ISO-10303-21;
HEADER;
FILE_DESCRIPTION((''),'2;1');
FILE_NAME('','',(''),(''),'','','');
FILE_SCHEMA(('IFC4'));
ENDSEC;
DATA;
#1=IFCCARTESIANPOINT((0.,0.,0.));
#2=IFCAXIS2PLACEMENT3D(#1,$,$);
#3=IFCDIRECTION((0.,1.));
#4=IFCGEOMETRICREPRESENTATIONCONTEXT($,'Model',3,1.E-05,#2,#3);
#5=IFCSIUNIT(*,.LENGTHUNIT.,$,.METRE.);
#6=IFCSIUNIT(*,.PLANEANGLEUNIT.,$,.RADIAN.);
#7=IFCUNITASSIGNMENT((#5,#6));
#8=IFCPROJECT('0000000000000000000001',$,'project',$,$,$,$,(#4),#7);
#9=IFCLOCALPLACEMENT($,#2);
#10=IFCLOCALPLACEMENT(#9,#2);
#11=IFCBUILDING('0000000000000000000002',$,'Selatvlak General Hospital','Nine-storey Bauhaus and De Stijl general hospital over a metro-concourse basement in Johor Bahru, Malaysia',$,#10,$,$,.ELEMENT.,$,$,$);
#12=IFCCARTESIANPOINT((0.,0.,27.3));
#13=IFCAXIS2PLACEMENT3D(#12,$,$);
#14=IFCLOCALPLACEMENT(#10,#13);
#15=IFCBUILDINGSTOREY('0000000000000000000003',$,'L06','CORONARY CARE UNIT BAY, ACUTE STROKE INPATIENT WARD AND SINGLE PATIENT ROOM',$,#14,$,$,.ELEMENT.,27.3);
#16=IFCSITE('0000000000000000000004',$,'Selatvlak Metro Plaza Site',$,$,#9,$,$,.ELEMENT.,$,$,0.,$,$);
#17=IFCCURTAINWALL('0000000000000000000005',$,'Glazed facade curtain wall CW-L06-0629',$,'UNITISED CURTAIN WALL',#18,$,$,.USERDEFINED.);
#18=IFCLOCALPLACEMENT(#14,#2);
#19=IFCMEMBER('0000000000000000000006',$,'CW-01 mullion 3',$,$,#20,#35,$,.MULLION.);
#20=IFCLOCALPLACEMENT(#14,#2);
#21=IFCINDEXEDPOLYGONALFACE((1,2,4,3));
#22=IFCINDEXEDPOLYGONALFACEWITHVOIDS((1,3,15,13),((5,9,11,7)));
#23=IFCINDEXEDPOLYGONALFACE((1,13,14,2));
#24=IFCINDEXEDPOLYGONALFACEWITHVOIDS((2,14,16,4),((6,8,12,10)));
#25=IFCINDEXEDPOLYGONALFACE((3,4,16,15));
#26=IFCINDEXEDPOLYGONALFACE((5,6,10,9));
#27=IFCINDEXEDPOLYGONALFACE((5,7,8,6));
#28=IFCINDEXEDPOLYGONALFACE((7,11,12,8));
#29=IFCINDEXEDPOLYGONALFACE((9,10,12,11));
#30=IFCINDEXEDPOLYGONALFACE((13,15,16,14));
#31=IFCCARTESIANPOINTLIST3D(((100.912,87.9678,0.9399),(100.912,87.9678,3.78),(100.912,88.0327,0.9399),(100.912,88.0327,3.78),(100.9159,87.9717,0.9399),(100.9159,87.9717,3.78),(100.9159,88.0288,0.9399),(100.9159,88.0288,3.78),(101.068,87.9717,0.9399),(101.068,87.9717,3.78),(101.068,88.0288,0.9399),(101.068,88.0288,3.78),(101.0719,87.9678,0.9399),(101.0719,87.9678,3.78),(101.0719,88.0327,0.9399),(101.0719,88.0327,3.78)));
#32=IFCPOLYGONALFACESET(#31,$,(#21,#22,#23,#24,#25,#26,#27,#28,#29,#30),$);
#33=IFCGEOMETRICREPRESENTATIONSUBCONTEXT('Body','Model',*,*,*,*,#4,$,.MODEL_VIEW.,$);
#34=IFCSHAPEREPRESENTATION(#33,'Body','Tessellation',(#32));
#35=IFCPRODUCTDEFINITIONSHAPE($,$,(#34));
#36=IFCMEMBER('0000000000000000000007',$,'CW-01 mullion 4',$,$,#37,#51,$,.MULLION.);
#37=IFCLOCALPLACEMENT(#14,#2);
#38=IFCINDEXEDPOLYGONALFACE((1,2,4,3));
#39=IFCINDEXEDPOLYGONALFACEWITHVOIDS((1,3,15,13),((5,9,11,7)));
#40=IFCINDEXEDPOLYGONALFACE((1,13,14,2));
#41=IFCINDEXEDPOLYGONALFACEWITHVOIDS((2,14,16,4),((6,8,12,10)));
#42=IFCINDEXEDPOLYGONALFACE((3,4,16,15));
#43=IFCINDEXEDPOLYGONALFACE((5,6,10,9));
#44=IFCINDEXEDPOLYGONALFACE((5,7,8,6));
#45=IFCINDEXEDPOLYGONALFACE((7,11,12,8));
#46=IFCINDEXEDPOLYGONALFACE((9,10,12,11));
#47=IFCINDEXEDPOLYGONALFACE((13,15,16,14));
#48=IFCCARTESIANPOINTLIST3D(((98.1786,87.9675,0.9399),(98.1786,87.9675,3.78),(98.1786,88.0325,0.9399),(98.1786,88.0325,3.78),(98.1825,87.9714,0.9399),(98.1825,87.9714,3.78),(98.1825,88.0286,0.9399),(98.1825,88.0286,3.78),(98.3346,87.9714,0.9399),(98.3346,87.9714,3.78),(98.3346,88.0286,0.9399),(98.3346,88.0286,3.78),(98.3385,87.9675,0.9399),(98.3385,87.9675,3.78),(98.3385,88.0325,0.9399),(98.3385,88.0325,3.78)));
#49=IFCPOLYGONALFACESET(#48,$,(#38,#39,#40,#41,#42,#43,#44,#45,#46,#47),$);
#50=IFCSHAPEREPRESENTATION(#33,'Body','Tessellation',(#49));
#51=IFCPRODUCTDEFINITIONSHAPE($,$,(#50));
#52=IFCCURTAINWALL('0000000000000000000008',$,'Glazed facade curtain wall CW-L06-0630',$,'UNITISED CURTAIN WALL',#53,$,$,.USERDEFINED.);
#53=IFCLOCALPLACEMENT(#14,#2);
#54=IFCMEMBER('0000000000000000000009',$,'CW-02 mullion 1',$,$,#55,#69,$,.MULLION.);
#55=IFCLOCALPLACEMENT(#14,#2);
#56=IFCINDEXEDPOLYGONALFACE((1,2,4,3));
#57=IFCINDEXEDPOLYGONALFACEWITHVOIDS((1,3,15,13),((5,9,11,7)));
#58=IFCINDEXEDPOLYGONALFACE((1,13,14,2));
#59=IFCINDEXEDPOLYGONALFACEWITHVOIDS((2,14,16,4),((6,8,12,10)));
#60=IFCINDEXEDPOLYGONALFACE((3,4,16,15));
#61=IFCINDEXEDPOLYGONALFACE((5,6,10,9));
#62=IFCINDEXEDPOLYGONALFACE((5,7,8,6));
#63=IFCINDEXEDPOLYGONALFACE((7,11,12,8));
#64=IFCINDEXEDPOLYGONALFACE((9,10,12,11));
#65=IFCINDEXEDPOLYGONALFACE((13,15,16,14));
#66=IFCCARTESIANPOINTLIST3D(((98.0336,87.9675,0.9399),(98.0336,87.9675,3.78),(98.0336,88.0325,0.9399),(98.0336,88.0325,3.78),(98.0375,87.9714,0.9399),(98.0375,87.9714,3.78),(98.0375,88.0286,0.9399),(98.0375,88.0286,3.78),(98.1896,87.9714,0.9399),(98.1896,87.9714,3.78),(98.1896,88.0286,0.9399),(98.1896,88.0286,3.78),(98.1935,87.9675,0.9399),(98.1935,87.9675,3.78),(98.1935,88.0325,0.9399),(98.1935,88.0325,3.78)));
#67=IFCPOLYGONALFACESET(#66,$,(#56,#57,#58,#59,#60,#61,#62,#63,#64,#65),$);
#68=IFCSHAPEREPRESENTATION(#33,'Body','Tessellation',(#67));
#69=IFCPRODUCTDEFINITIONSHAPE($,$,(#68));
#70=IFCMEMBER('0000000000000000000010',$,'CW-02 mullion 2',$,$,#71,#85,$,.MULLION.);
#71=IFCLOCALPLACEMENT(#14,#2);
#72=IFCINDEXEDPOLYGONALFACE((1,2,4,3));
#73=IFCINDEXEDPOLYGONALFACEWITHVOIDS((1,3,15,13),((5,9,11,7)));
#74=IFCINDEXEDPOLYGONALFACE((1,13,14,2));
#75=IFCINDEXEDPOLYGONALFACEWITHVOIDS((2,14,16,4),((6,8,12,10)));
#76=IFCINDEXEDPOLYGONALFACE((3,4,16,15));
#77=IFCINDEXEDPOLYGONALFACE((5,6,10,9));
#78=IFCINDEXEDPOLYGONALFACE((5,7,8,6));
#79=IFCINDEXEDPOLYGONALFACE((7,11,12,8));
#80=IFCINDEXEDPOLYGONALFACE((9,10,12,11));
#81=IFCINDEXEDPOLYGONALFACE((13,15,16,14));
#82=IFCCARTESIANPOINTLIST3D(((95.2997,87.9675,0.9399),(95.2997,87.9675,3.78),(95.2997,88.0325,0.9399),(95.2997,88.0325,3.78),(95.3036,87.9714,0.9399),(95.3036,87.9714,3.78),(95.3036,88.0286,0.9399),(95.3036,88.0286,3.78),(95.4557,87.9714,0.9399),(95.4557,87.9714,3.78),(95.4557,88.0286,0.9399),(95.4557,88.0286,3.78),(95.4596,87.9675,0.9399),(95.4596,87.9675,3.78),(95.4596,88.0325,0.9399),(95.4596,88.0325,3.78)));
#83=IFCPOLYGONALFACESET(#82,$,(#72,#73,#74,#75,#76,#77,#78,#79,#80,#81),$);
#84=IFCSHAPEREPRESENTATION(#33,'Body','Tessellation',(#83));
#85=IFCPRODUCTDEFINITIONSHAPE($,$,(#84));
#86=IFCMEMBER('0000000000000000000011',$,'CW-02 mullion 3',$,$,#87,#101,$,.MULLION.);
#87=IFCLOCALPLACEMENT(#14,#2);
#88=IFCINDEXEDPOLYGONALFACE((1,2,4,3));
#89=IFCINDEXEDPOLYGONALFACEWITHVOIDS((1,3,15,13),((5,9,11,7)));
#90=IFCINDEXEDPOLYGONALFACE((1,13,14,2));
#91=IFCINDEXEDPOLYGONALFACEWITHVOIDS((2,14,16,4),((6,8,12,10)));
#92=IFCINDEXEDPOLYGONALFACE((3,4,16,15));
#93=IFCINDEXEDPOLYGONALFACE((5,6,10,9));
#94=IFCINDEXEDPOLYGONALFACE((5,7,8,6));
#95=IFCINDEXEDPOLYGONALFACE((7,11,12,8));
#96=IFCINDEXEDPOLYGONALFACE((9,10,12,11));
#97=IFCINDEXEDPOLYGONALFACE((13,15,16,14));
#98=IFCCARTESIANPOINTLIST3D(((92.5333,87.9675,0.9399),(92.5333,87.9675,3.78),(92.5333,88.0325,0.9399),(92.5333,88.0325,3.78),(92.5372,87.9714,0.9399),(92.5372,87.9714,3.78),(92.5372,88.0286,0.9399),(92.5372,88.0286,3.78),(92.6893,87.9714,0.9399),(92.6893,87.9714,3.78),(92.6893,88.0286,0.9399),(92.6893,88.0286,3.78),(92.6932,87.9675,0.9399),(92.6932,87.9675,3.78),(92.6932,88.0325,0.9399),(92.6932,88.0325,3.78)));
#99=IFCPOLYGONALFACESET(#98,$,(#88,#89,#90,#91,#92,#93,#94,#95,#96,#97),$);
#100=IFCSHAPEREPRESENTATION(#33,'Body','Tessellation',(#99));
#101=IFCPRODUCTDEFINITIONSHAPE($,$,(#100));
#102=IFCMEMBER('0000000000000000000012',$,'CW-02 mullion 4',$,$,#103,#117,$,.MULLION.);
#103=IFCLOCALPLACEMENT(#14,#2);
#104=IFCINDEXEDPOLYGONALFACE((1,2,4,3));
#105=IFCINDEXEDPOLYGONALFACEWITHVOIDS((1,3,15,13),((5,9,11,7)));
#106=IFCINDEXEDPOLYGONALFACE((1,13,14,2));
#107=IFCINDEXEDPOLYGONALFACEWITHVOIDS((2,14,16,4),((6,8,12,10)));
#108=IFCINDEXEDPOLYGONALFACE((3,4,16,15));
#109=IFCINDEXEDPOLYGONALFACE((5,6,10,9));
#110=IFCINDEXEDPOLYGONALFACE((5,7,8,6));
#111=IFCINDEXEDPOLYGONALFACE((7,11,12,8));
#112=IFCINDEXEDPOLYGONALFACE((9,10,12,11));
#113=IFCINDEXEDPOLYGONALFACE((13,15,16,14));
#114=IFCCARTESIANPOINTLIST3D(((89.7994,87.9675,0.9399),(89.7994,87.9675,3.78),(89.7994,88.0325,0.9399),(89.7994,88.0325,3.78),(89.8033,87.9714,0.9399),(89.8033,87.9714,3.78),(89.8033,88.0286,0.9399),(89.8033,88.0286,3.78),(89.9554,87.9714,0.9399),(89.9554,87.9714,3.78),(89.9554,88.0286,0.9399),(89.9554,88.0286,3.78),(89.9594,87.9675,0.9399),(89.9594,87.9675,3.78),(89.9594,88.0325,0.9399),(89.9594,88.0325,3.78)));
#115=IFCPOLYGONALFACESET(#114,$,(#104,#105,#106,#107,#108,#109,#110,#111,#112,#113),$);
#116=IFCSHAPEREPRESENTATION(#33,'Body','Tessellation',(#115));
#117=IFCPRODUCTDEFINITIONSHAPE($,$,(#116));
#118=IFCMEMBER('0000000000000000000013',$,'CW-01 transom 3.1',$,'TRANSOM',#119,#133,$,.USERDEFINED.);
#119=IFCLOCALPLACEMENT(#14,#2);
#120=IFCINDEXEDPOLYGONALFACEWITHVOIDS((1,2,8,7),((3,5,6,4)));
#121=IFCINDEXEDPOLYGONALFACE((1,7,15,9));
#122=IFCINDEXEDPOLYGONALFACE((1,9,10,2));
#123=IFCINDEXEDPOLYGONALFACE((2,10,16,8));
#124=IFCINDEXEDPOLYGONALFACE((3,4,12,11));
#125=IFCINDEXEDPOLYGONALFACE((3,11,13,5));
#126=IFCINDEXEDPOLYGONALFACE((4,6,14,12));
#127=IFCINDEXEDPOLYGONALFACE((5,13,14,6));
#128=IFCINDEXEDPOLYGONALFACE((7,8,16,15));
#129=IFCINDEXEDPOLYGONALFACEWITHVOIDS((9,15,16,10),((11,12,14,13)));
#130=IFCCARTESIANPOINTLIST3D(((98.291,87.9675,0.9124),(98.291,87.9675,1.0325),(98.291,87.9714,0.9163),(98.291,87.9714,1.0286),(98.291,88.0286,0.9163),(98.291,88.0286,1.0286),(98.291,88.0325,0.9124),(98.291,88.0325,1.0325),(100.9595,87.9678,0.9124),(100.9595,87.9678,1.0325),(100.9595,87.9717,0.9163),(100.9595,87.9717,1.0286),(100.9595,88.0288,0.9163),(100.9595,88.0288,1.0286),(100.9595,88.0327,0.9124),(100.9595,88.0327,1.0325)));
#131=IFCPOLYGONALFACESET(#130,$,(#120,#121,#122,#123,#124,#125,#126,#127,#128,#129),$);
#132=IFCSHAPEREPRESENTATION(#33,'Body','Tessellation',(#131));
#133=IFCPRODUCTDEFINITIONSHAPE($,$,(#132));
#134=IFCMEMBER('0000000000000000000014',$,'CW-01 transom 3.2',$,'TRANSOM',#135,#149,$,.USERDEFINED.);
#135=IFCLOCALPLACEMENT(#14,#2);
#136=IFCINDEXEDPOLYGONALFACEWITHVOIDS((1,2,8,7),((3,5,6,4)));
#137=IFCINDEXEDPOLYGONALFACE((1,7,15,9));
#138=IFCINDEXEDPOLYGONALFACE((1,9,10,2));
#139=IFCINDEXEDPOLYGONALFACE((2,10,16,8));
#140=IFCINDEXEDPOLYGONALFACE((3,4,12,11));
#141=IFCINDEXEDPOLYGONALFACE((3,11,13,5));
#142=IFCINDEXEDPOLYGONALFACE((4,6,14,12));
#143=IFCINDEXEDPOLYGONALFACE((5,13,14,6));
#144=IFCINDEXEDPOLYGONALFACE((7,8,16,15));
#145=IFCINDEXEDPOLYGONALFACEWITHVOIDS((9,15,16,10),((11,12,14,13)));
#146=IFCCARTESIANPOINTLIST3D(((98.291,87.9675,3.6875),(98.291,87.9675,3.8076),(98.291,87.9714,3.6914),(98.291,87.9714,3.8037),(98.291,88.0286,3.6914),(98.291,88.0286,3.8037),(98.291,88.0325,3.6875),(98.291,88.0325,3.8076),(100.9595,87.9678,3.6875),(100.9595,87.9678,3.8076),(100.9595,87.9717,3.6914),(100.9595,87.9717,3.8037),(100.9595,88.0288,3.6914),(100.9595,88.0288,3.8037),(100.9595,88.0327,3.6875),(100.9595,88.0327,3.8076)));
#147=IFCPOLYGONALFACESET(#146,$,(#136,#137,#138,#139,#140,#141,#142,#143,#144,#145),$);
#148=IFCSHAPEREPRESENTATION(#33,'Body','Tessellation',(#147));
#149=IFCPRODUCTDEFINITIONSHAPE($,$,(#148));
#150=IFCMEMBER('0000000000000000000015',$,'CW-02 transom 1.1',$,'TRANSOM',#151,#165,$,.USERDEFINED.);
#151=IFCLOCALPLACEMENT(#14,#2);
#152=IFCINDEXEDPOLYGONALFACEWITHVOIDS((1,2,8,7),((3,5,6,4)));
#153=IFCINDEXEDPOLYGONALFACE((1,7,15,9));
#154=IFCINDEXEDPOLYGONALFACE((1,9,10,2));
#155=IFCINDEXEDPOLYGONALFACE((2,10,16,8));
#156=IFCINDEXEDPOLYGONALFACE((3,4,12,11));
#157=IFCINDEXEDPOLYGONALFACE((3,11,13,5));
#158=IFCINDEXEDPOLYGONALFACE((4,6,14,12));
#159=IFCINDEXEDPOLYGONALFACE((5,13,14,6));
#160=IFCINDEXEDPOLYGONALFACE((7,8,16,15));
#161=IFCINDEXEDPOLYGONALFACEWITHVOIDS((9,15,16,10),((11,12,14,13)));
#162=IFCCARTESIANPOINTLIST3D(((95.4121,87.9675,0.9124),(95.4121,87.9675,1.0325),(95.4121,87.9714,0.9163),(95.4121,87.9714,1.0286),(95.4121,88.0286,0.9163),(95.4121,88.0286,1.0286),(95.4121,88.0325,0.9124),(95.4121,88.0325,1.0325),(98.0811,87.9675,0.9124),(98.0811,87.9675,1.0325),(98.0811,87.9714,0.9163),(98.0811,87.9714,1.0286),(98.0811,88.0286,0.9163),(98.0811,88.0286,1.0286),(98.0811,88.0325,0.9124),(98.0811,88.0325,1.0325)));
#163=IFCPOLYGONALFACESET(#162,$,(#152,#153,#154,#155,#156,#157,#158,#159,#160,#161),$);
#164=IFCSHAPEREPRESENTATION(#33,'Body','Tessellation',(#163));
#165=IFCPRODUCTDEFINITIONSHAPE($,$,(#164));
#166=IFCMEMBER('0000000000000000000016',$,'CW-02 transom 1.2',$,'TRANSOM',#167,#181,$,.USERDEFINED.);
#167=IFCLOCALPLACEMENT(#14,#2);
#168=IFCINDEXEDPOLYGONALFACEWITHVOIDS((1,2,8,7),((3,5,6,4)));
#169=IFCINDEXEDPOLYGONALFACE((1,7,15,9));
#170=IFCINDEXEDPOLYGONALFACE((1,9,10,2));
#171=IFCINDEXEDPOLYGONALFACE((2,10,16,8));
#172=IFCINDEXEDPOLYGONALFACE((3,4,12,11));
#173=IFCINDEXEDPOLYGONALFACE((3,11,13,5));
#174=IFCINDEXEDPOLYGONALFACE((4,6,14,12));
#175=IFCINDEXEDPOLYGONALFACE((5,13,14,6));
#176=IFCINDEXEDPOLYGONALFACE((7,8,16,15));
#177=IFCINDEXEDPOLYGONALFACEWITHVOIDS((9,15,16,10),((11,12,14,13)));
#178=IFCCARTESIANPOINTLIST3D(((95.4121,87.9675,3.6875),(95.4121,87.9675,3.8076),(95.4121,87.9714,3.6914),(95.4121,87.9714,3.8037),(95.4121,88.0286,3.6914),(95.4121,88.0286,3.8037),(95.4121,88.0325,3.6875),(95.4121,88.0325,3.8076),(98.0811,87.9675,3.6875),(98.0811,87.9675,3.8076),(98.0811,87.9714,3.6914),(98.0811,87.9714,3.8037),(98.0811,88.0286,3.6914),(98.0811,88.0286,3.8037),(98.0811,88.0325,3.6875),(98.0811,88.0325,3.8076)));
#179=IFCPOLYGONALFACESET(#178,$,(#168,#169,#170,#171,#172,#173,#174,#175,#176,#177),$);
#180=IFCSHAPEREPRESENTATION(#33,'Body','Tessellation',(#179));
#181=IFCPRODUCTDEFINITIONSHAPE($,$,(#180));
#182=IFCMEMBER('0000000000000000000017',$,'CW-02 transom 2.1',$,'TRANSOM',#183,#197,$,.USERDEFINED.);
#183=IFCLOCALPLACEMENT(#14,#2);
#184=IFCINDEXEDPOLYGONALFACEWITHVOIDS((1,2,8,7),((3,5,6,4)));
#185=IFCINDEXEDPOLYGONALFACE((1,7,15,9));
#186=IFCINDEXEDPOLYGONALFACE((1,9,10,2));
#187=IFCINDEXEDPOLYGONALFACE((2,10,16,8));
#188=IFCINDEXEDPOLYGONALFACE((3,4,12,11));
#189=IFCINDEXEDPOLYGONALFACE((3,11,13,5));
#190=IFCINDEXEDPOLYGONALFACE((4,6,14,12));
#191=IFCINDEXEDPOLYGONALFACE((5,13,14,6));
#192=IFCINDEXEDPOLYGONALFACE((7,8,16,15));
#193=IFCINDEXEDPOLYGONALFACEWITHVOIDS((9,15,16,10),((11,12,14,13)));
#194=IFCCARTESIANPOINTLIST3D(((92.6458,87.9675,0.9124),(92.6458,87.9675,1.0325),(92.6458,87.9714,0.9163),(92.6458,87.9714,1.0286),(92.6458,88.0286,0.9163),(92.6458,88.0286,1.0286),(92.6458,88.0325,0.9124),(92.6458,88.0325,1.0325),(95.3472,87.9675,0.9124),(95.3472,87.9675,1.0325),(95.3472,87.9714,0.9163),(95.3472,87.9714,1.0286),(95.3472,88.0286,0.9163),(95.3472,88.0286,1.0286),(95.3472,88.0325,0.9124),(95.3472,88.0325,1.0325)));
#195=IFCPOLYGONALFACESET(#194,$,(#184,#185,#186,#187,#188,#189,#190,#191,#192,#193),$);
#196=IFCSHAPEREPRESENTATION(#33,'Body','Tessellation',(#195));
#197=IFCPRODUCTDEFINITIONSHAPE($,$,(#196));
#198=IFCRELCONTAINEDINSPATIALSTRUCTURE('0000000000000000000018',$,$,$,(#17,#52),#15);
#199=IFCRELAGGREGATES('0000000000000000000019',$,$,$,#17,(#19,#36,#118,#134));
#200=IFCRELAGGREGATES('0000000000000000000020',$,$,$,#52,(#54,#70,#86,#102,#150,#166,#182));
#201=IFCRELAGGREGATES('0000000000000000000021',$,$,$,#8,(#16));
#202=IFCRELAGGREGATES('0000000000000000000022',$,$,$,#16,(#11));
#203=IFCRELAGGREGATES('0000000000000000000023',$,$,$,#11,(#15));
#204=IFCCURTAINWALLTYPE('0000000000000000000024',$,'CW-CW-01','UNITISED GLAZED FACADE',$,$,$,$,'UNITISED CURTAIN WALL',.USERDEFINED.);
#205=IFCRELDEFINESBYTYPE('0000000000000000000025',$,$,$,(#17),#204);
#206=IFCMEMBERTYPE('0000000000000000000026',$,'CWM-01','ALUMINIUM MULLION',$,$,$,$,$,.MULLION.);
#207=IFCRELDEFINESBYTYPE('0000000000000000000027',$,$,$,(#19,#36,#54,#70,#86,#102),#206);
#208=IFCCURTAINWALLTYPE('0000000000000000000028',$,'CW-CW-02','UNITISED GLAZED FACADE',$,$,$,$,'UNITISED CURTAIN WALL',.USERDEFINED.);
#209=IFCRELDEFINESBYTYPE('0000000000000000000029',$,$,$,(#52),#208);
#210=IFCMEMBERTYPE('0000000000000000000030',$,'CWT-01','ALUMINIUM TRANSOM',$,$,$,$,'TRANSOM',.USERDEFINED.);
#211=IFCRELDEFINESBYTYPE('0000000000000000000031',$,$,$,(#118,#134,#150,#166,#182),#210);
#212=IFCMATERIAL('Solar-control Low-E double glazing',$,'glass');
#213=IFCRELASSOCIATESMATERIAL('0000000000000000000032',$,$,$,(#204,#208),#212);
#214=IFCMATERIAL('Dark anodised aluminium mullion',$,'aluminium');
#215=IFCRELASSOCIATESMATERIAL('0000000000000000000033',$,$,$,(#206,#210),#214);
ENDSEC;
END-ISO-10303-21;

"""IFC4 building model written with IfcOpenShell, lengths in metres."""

from ifc_helpers import new_model, si_unit, direction, frame, origin, origin_2d, place, context, subcontext, project, spatial, hollow_rectangle, extrude, material, material_profile, profile_set, type_object, element, aggregate, save


model = new_model("IFC4")

# Units and contexts
model_context = context("Model", 3, precision=1e-05, world=origin(), true_north=direction((0.0, 1.0)))
body_context = subcontext(model_context, "Body", "Model", "MODEL_VIEW")
ifc_project = project(units=[si_unit("LENGTHUNIT", "METRE"), si_unit("PLANEANGLEUNIT", "RADIAN")], contexts=[model_context])

# Site, building, storey
site_placement = place(None, origin())
site = spatial("IfcSite", under=ifc_project, at=site_placement, Name="Selatvlak Metro Plaza Site", CompositionType="ELEMENT", RefElevation=0.0)
building_placement = place(site_placement, origin())
building = spatial("IfcBuilding", under=site, at=building_placement, Name="Selatvlak General Hospital", Description="Nine-storey Bauhaus and De Stijl general hospital over a metro-concourse basement in Johor Bahru, Malaysia", CompositionType="ELEMENT")
storey_placement = place(building_placement, frame((0.0, 0.0, 27.3)))
storey = spatial("IfcBuildingStorey", under=building, at=storey_placement, Name="L06", Description="CORONARY CARE UNIT BAY, ACUTE STROKE INPATIENT WARD AND SINGLE PATIENT ROOM", CompositionType="ELEMENT", Elevation=27.3)

# Curtain walls, members
ifc_material_1 = material(Name="Solar-control Low-E double glazing", Category="glass")
curtain_wall_type_1 = type_object("IfcCurtainWallType", Name="CW-CW-01", Description="UNITISED GLAZED FACADE", ElementType="UNITISED CURTAIN WALL", PredefinedType="USERDEFINED", material=ifc_material_1)
curtain_wall_1_placement = place(storey_placement, origin())
curtain_wall_1 = element("IfcCurtainWall", 1, at=curtain_wall_1_placement, inside=storey, type_object=curtain_wall_type_1, Name="Glazed facade curtain wall CW-L06-0629", ObjectType="UNITISED CURTAIN WALL", PredefinedType="USERDEFINED")
ifc_material_2 = material(Name="Dark anodised aluminium mullion", Category="aluminium")
ifc_material_profile_1 = material_profile(ifc_material_2, hollow_rectangle(XDim=0.0649, YDim=0.1599, WallThickness=0.0039, at=origin_2d()), Name="AL-MUL 65x160x4")
ifc_profile_set_1 = profile_set([ifc_material_profile_1], Name="Dark anodised aluminium mullion")
member_type_1 = type_object("IfcMemberType", Name="CWM-01", Description="ALUMINIUM MULLION", PredefinedType="MULLION", material=ifc_profile_set_1)
member_1_placement = place(storey_placement, frame((100.9919, 88.0002, 0.9399), z_axis=(0.0, 0.0, 1.0), x_axis=(0.000121, -1.0, 0.0)))
member_1 = element("IfcMember", 2, at=member_1_placement, type_object=member_type_1, Name="CW-01 mullion 3", PredefinedType="MULLION", context=body_context, shape_type="SweptSolid", body=[
    extrude(hollow_rectangle(XDim=0.0649, YDim=0.1599, WallThickness=0.0039, at=origin_2d()), origin(), (0.0, 0.0, 1.0), 2.8401),
])
member_2_placement = place(storey_placement, frame((98.2585, 88.0, 0.9399), z_axis=(0.0, 0.0, 1.0), x_axis=(0.000121, -1.0, 0.0)))
member_2 = element("IfcMember", 3, at=member_2_placement, type_object=member_type_1, Name="CW-01 mullion 4", PredefinedType="MULLION", context=body_context, shape_type="SweptSolid", body=[
    extrude(hollow_rectangle(XDim=0.0649, YDim=0.1599, WallThickness=0.0039, at=origin_2d()), origin(), (0.0, 0.0, 1.0), 2.8401),
])
curtain_wall_type_2 = type_object("IfcCurtainWallType", Name="CW-CW-02", Description="UNITISED GLAZED FACADE", ElementType="UNITISED CURTAIN WALL", PredefinedType="USERDEFINED", material=ifc_material_1)
curtain_wall_2_placement = place(storey_placement, origin())
curtain_wall_2 = element("IfcCurtainWall", 4, at=curtain_wall_2_placement, inside=storey, type_object=curtain_wall_type_2, Name="Glazed facade curtain wall CW-L06-0630", ObjectType="UNITISED CURTAIN WALL", PredefinedType="USERDEFINED")
member_3_placement = place(storey_placement, frame((98.1135, 88.0, 0.9399), z_axis=(0.0, 0.0, 1.0), x_axis=(0.0, -1.0, 0.0)))
member_3 = element("IfcMember", 5, at=member_3_placement, type_object=member_type_1, Name="CW-02 mullion 1", PredefinedType="MULLION", context=body_context, shape_type="SweptSolid", body=[
    extrude(hollow_rectangle(XDim=0.0649, YDim=0.1599, WallThickness=0.0039, at=origin_2d()), origin(), (0.0, 0.0, 1.0), 2.8401),
])
member_4_placement = place(storey_placement, frame((95.3796, 88.0, 0.9399), z_axis=(0.0, 0.0, 1.0), x_axis=(0.0, -1.0, 0.0)))
member_4 = element("IfcMember", 6, at=member_4_placement, type_object=member_type_1, Name="CW-02 mullion 2", PredefinedType="MULLION", context=body_context, shape_type="SweptSolid", body=[
    extrude(hollow_rectangle(XDim=0.0649, YDim=0.1599, WallThickness=0.0039, at=origin_2d()), origin(), (0.0, 0.0, 1.0), 2.8401),
])
member_5_placement = place(storey_placement, frame((92.6133, 88.0, 0.9399), z_axis=(0.0, 0.0, 1.0), x_axis=(0.0, -1.0, 0.0)))
member_5 = element("IfcMember", 7, at=member_5_placement, type_object=member_type_1, Name="CW-02 mullion 3", PredefinedType="MULLION", context=body_context, shape_type="SweptSolid", body=[
    extrude(hollow_rectangle(XDim=0.0649, YDim=0.1599, WallThickness=0.0039, at=origin_2d()), origin(), (0.0, 0.0, 1.0), 2.8401),
])
member_6_placement = place(storey_placement, frame((89.8794, 88.0, 0.9399), z_axis=(0.0, 0.0, 1.0), x_axis=(0.0, -1.0, 0.0)))
member_6 = element("IfcMember", 8, at=member_6_placement, type_object=member_type_1, Name="CW-02 mullion 4", PredefinedType="MULLION", context=body_context, shape_type="SweptSolid", body=[
    extrude(hollow_rectangle(XDim=0.0649, YDim=0.1599, WallThickness=0.0039, at=origin_2d()), origin(), (0.0, 0.0, 1.0), 2.8401),
])

# Members
ifc_material_profile_2 = material_profile(ifc_material_2, hollow_rectangle(XDim=0.0649, YDim=0.1201, WallThickness=0.0039, at=origin_2d()), Name="AL-TRN 65x120x4")
ifc_profile_set_2 = profile_set([ifc_material_profile_2], Name="Dark anodised aluminium mullion")
member_type_2 = type_object("IfcMemberType", Name="CWT-01", Description="ALUMINIUM TRANSOM", ElementType="TRANSOM", PredefinedType="USERDEFINED", material=ifc_profile_set_2)
member_7_placement = place(storey_placement, frame((100.9595, 88.0002, 0.9724), z_axis=(-1.0, -0.000091, 0.0), x_axis=(0.000091, -1.0, 0.0)))
member_7 = element("IfcMember", 9, at=member_7_placement, type_object=member_type_2, Name="CW-01 transom 3.1", ObjectType="TRANSOM", PredefinedType="USERDEFINED", context=body_context, shape_type="SweptSolid", body=[
    extrude(hollow_rectangle(XDim=0.0649, YDim=0.1201, WallThickness=0.0039, at=origin_2d()), origin(), (0.0, 0.0, 1.0), 2.6685),
])
member_8_placement = place(storey_placement, frame((100.9595, 88.0002, 3.7476), z_axis=(-1.0, -0.000091, 0.0), x_axis=(0.000091, -1.0, 0.0)))
member_8 = element("IfcMember", 10, at=member_8_placement, type_object=member_type_2, Name="CW-01 transom 3.2", ObjectType="TRANSOM", PredefinedType="USERDEFINED", context=body_context, shape_type="SweptSolid", body=[
    extrude(hollow_rectangle(XDim=0.0649, YDim=0.1201, WallThickness=0.0039, at=origin_2d()), origin(), (0.0, 0.0, 1.0), 2.6685),
])
member_9_placement = place(storey_placement, frame((98.0811, 88.0, 0.9724), z_axis=(-1.0, 0.0, 0.0), x_axis=(0.0, -1.0, 0.0)))
member_9 = element("IfcMember", 11, at=member_9_placement, type_object=member_type_2, Name="CW-02 transom 1.1", ObjectType="TRANSOM", PredefinedType="USERDEFINED", context=body_context, shape_type="SweptSolid", body=[
    extrude(hollow_rectangle(XDim=0.0649, YDim=0.1201, WallThickness=0.0039, at=origin_2d()), origin(), (0.0, 0.0, 1.0), 2.6689),
])
member_10_placement = place(storey_placement, frame((98.0811, 88.0, 3.7476), z_axis=(-1.0, 0.0, 0.0), x_axis=(0.0, -1.0, 0.0)))
member_10 = element("IfcMember", 12, at=member_10_placement, type_object=member_type_2, Name="CW-02 transom 1.2", ObjectType="TRANSOM", PredefinedType="USERDEFINED", context=body_context, shape_type="SweptSolid", body=[
    extrude(hollow_rectangle(XDim=0.0649, YDim=0.1201, WallThickness=0.0039, at=origin_2d()), origin(), (0.0, 0.0, 1.0), 2.6689),
])
member_11_placement = place(storey_placement, frame((95.3472, 88.0, 0.9724), z_axis=(-1.0, 0.0, 0.0), x_axis=(0.0, -1.0, 0.0)))
member_11 = element("IfcMember", 13, at=member_11_placement, type_object=member_type_2, Name="CW-02 transom 2.1", ObjectType="TRANSOM", PredefinedType="USERDEFINED", context=body_context, shape_type="SweptSolid", body=[
    extrude(hollow_rectangle(XDim=0.0649, YDim=0.1201, WallThickness=0.0039, at=origin_2d()), origin(), (0.0, 0.0, 1.0), 2.7014),
])

aggregate(curtain_wall_1, [member_1, member_2, member_7, member_8])
aggregate(curtain_wall_2, [member_3, member_4, member_5, member_6, member_9, member_10, member_11])

save(model, "model.ifc")
